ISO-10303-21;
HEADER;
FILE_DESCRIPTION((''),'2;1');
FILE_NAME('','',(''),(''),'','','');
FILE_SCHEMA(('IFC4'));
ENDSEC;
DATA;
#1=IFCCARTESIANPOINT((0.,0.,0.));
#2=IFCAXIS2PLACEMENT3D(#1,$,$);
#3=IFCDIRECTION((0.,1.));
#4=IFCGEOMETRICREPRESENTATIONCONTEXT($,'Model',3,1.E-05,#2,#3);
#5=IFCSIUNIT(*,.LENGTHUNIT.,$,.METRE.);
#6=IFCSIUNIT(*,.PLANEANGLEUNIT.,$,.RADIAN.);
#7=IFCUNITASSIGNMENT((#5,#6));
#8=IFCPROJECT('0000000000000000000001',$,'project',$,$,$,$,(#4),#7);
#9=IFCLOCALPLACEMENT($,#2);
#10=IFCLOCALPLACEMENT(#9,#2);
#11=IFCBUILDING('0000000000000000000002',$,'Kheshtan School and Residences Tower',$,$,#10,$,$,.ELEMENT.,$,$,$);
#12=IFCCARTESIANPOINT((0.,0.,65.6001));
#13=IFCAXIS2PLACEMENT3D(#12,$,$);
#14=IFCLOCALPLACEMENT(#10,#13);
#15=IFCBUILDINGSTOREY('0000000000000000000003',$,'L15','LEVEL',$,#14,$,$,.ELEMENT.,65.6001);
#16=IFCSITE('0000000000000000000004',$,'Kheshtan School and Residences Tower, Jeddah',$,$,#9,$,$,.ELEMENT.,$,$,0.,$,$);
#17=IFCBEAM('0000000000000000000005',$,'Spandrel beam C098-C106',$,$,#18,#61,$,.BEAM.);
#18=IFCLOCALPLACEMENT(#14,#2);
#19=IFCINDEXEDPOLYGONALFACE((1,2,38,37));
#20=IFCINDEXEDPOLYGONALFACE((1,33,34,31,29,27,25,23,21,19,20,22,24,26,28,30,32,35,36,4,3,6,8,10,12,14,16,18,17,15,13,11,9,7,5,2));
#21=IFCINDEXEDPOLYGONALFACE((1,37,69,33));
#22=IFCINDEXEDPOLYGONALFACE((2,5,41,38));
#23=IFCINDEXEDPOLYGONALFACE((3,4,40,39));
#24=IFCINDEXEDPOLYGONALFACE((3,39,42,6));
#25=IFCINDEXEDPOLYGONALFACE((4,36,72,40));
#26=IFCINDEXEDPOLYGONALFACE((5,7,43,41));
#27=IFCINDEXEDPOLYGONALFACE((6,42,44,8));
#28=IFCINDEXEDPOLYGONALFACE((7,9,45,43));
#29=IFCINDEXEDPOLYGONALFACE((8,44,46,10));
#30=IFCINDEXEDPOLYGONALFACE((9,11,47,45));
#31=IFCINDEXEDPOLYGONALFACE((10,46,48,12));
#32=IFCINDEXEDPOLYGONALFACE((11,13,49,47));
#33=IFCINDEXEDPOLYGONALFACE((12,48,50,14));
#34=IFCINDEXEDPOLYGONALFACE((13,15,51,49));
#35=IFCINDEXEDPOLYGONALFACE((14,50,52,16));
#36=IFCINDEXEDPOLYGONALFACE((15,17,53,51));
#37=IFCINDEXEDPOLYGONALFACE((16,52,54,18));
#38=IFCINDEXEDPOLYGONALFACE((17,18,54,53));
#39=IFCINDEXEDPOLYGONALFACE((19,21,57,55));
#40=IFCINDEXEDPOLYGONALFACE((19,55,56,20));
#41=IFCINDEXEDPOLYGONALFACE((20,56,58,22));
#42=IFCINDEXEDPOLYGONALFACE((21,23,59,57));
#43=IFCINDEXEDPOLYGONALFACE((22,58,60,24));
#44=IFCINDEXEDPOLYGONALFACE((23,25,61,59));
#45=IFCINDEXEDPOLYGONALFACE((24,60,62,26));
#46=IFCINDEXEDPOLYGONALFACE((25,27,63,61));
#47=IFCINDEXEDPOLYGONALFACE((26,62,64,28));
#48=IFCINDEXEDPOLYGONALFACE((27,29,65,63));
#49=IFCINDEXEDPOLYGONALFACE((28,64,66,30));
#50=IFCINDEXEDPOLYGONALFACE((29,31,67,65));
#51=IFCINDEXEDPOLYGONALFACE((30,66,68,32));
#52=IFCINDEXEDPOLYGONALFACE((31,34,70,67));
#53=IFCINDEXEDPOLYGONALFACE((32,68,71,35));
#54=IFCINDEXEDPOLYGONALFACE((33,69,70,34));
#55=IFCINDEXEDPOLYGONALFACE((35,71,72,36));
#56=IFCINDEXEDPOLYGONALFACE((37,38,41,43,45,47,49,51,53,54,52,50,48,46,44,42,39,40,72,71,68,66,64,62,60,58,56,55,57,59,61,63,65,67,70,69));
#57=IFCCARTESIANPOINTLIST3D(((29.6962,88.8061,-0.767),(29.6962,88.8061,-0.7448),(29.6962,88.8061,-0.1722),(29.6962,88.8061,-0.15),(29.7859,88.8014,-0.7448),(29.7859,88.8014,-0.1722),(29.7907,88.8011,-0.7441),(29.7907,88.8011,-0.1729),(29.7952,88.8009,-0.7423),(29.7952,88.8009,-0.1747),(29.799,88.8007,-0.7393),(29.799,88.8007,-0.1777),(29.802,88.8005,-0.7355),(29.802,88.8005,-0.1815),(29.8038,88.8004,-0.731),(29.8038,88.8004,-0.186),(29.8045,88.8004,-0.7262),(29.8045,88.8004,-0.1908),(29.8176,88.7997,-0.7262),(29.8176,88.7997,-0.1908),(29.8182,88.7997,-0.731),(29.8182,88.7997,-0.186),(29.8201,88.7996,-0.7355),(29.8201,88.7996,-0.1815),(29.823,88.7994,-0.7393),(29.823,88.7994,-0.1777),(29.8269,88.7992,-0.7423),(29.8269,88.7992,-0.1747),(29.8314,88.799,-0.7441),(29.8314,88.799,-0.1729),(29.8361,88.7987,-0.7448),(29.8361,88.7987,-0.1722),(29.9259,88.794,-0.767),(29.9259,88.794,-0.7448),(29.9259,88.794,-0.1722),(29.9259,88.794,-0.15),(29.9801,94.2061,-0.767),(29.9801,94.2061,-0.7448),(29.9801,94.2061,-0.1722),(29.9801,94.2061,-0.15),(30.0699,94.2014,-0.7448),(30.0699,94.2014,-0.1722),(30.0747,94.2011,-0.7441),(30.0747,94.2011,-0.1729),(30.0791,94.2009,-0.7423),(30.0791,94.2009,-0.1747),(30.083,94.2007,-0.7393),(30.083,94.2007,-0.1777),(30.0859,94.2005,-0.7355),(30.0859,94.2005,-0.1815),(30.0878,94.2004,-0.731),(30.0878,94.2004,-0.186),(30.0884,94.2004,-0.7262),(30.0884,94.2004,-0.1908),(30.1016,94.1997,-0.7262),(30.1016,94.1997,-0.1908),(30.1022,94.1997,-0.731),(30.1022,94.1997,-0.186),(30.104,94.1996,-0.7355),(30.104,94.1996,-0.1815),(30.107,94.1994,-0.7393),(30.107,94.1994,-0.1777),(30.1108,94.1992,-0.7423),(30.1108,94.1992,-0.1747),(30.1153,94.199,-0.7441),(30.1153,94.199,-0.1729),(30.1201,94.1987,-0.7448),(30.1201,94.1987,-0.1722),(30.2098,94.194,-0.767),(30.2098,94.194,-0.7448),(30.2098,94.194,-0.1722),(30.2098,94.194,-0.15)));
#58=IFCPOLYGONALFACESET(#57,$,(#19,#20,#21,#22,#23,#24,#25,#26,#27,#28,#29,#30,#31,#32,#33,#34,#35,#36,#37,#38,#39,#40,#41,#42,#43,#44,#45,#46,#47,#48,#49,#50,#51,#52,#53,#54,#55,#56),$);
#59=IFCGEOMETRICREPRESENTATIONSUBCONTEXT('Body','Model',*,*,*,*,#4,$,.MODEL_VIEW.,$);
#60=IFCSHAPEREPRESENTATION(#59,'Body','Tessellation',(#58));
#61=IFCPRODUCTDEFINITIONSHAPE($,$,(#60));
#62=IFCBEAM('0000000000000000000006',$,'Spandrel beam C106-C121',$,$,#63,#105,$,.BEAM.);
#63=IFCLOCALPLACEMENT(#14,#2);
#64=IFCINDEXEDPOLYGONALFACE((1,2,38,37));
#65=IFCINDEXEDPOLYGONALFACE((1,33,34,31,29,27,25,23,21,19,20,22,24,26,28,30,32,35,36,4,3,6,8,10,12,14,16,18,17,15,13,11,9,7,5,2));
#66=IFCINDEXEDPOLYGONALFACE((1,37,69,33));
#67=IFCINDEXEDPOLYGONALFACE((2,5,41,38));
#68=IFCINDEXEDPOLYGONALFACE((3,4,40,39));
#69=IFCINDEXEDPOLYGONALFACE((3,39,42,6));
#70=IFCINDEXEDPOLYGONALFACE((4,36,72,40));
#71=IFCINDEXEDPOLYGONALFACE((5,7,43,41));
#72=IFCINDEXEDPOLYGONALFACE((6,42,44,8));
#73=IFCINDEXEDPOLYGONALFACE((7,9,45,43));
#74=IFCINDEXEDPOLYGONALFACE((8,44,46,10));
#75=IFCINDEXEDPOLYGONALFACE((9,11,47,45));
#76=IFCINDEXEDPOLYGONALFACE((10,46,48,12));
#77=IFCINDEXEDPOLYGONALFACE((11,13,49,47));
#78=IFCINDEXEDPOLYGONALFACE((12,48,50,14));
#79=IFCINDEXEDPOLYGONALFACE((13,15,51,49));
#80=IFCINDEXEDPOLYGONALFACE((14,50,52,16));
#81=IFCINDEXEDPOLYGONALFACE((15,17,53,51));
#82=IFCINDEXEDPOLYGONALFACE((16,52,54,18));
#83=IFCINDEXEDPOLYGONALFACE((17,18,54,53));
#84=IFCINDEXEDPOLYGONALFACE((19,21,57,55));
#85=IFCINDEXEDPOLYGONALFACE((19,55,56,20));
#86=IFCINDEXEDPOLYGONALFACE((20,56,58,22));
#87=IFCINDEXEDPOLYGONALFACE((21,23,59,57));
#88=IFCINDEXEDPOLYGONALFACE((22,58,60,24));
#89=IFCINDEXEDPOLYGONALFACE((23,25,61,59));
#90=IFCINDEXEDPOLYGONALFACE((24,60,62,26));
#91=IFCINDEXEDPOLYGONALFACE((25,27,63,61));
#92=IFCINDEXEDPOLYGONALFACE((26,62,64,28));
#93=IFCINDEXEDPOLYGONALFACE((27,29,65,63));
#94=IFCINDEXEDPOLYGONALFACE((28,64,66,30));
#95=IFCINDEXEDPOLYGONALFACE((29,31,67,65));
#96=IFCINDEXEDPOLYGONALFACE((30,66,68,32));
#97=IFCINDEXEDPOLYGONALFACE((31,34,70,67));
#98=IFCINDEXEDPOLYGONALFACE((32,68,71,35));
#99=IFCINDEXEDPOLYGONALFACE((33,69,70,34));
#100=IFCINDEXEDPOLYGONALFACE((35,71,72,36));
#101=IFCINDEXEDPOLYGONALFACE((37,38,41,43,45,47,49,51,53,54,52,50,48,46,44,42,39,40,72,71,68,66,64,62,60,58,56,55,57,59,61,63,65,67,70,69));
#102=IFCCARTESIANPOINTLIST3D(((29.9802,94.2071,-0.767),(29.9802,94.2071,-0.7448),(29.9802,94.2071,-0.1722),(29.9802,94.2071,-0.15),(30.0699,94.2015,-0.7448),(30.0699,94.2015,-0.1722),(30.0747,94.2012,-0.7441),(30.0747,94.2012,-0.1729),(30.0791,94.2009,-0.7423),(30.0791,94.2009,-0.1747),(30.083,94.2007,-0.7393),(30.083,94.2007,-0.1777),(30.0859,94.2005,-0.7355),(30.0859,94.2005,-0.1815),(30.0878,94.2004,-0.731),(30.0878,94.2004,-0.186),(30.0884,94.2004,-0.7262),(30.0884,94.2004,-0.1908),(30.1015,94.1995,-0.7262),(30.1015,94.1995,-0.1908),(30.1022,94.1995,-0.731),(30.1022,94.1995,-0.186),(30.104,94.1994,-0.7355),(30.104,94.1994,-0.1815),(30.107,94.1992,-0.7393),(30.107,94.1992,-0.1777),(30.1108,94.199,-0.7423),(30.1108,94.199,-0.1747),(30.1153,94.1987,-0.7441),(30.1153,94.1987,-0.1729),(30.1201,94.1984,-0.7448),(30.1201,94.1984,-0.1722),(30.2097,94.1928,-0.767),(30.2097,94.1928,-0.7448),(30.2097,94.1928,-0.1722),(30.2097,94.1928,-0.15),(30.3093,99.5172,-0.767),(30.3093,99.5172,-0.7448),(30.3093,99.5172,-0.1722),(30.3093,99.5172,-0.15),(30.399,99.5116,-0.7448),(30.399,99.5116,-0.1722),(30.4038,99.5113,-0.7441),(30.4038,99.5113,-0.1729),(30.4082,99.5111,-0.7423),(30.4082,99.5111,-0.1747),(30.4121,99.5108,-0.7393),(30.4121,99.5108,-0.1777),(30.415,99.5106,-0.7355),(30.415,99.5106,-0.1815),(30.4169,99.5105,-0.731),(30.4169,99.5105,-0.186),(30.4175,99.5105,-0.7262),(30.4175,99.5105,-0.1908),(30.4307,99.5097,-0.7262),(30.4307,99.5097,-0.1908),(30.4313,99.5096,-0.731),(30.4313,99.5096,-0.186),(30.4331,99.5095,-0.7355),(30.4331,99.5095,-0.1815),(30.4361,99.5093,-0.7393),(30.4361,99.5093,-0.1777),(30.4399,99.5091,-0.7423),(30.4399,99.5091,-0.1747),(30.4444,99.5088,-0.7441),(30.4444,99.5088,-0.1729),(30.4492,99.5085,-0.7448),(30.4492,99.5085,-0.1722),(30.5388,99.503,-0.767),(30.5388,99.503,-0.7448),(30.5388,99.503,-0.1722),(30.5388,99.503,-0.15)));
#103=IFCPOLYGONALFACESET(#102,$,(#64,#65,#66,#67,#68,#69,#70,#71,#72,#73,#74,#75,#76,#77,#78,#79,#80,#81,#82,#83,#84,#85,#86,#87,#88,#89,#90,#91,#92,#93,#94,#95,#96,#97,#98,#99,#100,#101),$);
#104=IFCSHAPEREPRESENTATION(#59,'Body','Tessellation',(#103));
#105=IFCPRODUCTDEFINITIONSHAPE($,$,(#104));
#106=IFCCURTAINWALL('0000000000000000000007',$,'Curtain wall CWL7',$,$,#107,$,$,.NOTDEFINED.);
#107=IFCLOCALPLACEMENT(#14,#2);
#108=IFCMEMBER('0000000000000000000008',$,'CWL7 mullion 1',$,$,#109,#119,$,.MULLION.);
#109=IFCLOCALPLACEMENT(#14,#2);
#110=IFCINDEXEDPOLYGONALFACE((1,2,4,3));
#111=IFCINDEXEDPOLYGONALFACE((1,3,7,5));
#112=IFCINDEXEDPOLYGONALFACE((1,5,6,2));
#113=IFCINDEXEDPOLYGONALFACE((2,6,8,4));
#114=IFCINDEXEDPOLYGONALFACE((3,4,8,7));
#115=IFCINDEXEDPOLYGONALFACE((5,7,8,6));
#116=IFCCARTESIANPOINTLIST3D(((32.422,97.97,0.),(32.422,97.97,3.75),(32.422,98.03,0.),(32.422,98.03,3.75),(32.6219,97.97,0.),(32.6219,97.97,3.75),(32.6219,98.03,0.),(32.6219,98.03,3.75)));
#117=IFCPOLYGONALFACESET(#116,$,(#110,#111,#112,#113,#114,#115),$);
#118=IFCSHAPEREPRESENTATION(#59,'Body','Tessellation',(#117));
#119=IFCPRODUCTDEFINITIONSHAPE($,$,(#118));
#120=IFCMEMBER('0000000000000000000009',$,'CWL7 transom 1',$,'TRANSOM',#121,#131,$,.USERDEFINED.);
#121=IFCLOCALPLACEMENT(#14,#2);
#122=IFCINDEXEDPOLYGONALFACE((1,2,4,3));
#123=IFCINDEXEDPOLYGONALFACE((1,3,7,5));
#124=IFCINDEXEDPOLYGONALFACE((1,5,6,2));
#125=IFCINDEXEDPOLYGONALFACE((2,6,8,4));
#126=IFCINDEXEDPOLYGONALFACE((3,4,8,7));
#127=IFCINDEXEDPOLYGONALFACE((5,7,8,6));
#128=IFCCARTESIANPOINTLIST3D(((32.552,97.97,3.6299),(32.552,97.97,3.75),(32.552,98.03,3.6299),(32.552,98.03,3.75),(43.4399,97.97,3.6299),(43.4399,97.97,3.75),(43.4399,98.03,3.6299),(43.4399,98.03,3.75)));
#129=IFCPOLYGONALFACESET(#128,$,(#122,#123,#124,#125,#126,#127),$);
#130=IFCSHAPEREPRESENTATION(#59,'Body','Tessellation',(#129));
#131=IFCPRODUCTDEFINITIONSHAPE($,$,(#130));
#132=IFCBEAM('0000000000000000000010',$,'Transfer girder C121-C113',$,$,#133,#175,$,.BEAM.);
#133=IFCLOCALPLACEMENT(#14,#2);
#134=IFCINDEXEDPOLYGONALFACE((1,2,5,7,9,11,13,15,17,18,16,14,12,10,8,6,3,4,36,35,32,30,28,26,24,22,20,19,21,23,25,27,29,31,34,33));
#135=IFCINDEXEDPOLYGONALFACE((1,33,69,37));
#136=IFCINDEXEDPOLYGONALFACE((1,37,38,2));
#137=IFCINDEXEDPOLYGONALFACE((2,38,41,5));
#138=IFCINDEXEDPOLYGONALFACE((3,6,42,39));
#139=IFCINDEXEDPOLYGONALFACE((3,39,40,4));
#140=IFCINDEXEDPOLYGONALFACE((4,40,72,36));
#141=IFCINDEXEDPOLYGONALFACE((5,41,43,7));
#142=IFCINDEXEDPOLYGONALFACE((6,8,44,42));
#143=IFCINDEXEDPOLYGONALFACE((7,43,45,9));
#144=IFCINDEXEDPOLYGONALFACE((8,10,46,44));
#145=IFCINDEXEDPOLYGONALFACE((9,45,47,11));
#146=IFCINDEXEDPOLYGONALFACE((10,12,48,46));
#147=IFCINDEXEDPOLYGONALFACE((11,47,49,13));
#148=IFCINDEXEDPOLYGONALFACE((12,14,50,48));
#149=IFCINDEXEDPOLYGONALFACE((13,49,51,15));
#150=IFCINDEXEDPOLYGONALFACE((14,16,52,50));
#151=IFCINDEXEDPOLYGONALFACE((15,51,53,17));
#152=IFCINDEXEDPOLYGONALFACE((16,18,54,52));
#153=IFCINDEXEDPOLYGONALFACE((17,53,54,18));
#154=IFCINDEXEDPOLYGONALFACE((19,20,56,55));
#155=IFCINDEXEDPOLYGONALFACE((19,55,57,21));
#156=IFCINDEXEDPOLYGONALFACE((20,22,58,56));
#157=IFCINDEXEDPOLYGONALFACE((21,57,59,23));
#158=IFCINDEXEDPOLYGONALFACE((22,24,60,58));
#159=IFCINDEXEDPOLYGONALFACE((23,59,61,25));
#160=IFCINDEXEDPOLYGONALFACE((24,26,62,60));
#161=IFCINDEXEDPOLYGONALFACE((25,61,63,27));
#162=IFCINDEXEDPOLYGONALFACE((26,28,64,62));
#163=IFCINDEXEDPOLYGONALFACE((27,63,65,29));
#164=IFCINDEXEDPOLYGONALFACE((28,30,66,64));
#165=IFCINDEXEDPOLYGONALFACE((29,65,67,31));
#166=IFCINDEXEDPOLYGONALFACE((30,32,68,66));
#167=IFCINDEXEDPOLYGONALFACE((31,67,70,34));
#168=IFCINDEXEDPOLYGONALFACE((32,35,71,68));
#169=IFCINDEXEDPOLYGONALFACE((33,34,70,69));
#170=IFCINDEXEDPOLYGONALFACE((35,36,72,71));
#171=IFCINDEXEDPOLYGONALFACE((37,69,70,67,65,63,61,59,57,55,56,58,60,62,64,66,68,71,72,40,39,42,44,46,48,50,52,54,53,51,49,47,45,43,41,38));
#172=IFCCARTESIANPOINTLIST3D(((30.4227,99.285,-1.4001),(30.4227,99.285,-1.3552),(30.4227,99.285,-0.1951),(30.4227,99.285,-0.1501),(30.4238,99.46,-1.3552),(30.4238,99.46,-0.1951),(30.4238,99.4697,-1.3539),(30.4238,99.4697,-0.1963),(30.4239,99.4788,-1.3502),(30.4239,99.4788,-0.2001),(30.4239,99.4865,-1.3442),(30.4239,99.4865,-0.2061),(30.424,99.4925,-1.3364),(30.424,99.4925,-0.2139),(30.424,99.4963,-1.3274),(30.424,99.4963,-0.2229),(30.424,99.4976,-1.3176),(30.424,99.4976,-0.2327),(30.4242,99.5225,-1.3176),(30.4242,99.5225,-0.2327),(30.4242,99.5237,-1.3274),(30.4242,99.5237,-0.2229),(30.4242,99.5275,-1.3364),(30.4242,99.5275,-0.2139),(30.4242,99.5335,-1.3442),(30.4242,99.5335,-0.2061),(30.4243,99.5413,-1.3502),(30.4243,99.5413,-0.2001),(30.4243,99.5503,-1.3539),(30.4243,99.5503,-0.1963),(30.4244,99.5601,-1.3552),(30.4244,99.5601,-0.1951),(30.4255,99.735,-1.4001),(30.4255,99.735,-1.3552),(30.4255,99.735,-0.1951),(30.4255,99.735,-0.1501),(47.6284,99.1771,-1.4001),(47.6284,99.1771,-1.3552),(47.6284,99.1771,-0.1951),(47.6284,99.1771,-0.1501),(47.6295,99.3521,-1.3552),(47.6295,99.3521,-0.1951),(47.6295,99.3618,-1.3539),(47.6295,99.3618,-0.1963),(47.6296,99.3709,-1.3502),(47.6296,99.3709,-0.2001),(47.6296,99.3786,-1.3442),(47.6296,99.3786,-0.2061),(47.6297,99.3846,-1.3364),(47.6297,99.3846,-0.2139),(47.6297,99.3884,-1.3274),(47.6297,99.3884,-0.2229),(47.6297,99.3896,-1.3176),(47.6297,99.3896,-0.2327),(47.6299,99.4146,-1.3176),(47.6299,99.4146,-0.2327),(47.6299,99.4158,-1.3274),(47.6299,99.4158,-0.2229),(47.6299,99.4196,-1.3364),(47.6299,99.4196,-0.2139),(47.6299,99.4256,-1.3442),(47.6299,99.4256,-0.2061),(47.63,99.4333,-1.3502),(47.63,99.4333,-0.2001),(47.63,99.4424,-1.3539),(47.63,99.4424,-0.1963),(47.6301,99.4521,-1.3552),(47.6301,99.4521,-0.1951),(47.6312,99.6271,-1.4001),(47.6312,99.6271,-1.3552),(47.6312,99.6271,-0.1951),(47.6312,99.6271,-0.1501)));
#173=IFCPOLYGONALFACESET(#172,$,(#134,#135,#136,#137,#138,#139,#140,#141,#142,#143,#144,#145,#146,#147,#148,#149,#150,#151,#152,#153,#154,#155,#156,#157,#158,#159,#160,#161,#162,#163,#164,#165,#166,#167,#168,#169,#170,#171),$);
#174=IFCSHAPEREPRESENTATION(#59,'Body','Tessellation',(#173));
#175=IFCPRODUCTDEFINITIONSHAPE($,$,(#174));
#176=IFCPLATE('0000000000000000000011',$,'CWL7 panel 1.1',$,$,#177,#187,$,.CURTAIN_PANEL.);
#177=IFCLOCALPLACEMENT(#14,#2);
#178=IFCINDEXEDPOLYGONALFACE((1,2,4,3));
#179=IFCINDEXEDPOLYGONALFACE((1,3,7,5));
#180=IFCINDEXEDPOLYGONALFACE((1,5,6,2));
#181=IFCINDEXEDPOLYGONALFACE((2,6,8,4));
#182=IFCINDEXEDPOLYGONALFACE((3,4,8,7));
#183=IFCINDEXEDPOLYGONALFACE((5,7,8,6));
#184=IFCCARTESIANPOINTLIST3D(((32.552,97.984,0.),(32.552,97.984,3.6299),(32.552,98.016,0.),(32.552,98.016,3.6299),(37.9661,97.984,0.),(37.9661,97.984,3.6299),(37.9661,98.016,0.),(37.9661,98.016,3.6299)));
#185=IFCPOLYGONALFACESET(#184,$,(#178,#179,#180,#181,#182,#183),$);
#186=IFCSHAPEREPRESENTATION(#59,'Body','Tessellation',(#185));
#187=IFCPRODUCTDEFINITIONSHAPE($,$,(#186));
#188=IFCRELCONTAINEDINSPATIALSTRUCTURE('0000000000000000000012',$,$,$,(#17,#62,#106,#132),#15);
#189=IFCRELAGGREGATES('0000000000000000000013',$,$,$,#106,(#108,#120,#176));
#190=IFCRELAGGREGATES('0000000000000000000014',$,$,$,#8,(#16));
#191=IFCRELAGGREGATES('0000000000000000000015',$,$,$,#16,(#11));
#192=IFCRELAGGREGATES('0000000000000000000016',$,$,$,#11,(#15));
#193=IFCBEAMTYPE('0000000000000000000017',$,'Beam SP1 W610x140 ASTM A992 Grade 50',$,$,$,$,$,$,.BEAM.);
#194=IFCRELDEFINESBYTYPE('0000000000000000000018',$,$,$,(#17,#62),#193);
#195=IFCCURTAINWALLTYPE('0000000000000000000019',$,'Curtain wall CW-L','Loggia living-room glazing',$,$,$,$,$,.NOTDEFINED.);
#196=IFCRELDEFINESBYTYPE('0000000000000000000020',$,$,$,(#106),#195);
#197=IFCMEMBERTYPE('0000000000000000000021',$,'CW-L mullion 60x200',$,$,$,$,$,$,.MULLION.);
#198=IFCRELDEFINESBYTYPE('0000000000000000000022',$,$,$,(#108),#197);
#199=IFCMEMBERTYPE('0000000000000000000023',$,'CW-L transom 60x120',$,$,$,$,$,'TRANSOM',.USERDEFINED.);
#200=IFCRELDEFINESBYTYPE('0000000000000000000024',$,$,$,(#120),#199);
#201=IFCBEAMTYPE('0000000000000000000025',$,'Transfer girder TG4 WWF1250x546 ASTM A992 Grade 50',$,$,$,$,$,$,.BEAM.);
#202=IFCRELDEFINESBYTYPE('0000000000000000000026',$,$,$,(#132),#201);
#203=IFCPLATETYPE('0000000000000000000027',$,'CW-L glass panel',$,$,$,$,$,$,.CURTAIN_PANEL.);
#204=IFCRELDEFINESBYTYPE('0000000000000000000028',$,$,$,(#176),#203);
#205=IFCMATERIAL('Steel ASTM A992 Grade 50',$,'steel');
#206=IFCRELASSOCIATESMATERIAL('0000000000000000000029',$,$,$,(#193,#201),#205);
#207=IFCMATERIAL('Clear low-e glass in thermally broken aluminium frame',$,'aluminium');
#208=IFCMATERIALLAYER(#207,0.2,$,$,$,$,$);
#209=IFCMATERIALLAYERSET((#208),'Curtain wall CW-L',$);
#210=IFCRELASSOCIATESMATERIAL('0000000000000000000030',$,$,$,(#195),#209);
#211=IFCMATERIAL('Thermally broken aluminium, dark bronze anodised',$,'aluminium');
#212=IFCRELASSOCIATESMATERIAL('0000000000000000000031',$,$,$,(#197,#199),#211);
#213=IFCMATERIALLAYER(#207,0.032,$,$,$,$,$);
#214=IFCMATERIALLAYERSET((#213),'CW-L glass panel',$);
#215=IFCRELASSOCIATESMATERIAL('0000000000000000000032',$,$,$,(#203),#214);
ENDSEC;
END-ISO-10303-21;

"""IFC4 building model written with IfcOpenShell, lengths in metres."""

from ifc_helpers import new_model, si_unit, direction, frame, origin, origin_2d, place, context, subcontext, project, spatial, rectangle, i_section, extrude, material, layer, layer_set, material_profile, profile_set, type_object, element, aggregate, save


model = new_model("IFC4")

# Units and contexts
model_context = context("Model", 3, precision=1e-05, world=origin(), true_north=direction((0.0, 1.0)))
body_context = subcontext(model_context, "Body", "Model", "MODEL_VIEW")
ifc_project = project(units=[si_unit("LENGTHUNIT", "METRE"), si_unit("PLANEANGLEUNIT", "RADIAN")], contexts=[model_context])

# Site, building, storey
site_placement = place(None, origin())
site = spatial("IfcSite", under=ifc_project, at=site_placement, Name="Kheshtan School and Residences Tower, Jeddah", CompositionType="ELEMENT", RefElevation=0.0)
building_placement = place(site_placement, origin())
building = spatial("IfcBuilding", under=site, at=building_placement, Name="Kheshtan School and Residences Tower", CompositionType="ELEMENT")
storey_placement = place(building_placement, frame((0.0, 0.0, 65.6001)))
storey = spatial("IfcBuildingStorey", under=building, at=storey_placement, Name="L15", Description="LEVEL", CompositionType="ELEMENT", Elevation=65.6001)

# Shared definitions
ifc_material_1 = material(Name="Steel ASTM A992 Grade 50", Category="steel")

# Beams
ifc_material_profile_1 = material_profile(ifc_material_1, i_section(OverallWidth=0.23, OverallDepth=0.6169, WebThickness=0.0132, FlangeThickness=0.0222, FilletRadius=0.0186, at=origin_2d()), Name="W610x140")
ifc_profile_set_1 = profile_set([ifc_material_profile_1], Name="Steel ASTM A992 Grade 50")
beam_type_1 = type_object("IfcBeamType", Name="Beam SP1 W610x140 ASTM A992 Grade 50", PredefinedType="BEAM", material=ifc_profile_set_1)
beam_1_placement = place(storey_placement, frame((29.811, 88.8, -0.4585), z_axis=(0.052509, 0.99862, 0.0), x_axis=(-0.99862, 0.052509, 0.0)))
element("IfcBeam", 1, at=beam_1_placement, inside=storey, type_object=beam_type_1, Name="Spandrel beam C098-C106", PredefinedType="BEAM", context=body_context, shape_type="SweptSolid", body=[
    extrude(i_section(OverallWidth=0.23, OverallDepth=0.6169, WebThickness=0.0132, FlangeThickness=0.0222, FilletRadius=0.0186, at=origin_2d()), origin(), (0.0, 0.0, 1.0), 5.4075),
])
beam_2_placement = place(storey_placement, frame((30.095, 94.2, -0.4585), z_axis=(0.061858, 0.998085, 0.0), x_axis=(-0.998085, 0.061858, 0.0)))
element("IfcBeam", 2, at=beam_2_placement, inside=storey, type_object=beam_type_1, Name="Spandrel beam C106-C121", PredefinedType="BEAM", context=body_context, shape_type="SweptSolid", body=[
    extrude(i_section(OverallWidth=0.23, OverallDepth=0.6169, WebThickness=0.0132, FlangeThickness=0.0222, FilletRadius=0.0186, at=origin_2d()), origin(), (0.0, 0.0, 1.0), 5.3203),
])

# Curtain wall, members
ifc_material_2 = material(Name="Clear low-e glass in thermally broken aluminium frame", Category="aluminium")
ifc_layer_1 = layer(ifc_material_2, 0.2)
ifc_layer_set_1 = layer_set([ifc_layer_1], Name="Curtain wall CW-L")
curtain_wall_type = type_object("IfcCurtainWallType", Name="Curtain wall CW-L", Description="Loggia living-room glazing", PredefinedType="NOTDEFINED", material=ifc_layer_set_1)
curtain_wall_placement = place(storey_placement, origin())
curtain_wall = element("IfcCurtainWall", 3, at=curtain_wall_placement, inside=storey, type_object=curtain_wall_type, Name="Curtain wall CWL7", PredefinedType="NOTDEFINED")
ifc_material_3 = material(Name="Thermally broken aluminium, dark bronze anodised", Category="aluminium")
ifc_material_profile_2 = material_profile(ifc_material_3, rectangle(XDim=0.0601, YDim=0.2, at=origin_2d()), Name="CW-L mullion 60x200")
ifc_profile_set_2 = profile_set([ifc_material_profile_2], Name="Thermally broken aluminium, dark bronze anodised")
member_type_1 = type_object("IfcMemberType", Name="CW-L mullion 60x200", PredefinedType="MULLION", material=ifc_profile_set_2)
member_1_placement = place(storey_placement, frame((32.522, 98.0, 0.0), z_axis=(0.0, 0.0, 1.0), x_axis=(0.0, 1.0, 0.0)))
member_1 = element("IfcMember", 4, at=member_1_placement, type_object=member_type_1, Name="CWL7 mullion 1", PredefinedType="MULLION", context=body_context, shape_type="SweptSolid", body=[
    extrude(rectangle(XDim=0.0601, YDim=0.2, at=origin_2d()), origin(), (0.0, 0.0, 1.0), 3.75),
])
ifc_material_profile_3 = material_profile(ifc_material_3, rectangle(XDim=0.0601, YDim=0.1201, at=origin_2d()), Name="CW-L transom 60x120")
ifc_profile_set_3 = profile_set([ifc_material_profile_3], Name="Thermally broken aluminium, dark bronze anodised")
member_type_2 = type_object("IfcMemberType", Name="CW-L transom 60x120", ElementType="TRANSOM", PredefinedType="USERDEFINED", material=ifc_profile_set_3)
member_2_placement = place(storey_placement, frame((32.552, 98.0, 3.6899), z_axis=(1.0, 0.0, 0.0), x_axis=(0.0, 1.0, 0.0)))
member_2 = element("IfcMember", 5, at=member_2_placement, type_object=member_type_2, Name="CWL7 transom 1", ObjectType="TRANSOM", PredefinedType="USERDEFINED", context=body_context, shape_type="SweptSolid", body=[
    extrude(rectangle(XDim=0.0601, YDim=0.1201, at=origin_2d()), origin(), (0.0, 0.0, 1.0), 10.8879),
])

# Beam
ifc_material_profile_4 = material_profile(ifc_material_1, i_section(OverallWidth=0.45, OverallDepth=1.25, WebThickness=0.0249, FlangeThickness=0.0449, FilletRadius=0.0376, at=origin_2d()), Name="WWF1250x546")
ifc_profile_set_4 = profile_set([ifc_material_profile_4], Name="Steel ASTM A992 Grade 50")
beam_type_2 = type_object("IfcBeamType", Name="Transfer girder TG4 WWF1250x546 ASTM A992 Grade 50", PredefinedType="BEAM", material=ifc_profile_set_4)
beam_3_placement = place(storey_placement, frame((30.4241, 99.51, -0.7751), z_axis=(0.99998, -0.006272, 0.0), x_axis=(0.006272, 0.99998, 0.0)))
element("IfcBeam", 6, at=beam_3_placement, inside=storey, type_object=beam_type_2, Name="Transfer girder C121-C113", PredefinedType="BEAM", context=body_context, shape_type="SweptSolid", body=[
    extrude(i_section(OverallWidth=0.45, OverallDepth=1.25, WebThickness=0.0249, FlangeThickness=0.0449, FilletRadius=0.0376, at=origin_2d()), origin(), (0.0, 0.0, 1.0), 17.2061),
])

# Plate
ifc_layer_2 = layer(ifc_material_2, 0.032)
ifc_layer_set_2 = layer_set([ifc_layer_2], Name="CW-L glass panel")
plate_type = type_object("IfcPlateType", Name="CW-L glass panel", PredefinedType="CURTAIN_PANEL", material=ifc_layer_set_2)
plate_placement = place(storey_placement, frame((35.259, 98.0, 0.0), z_axis=(0.0, 0.0, 1.0), x_axis=(1.0, 0.0, 0.0)))
plate = element("IfcPlate", 7, at=plate_placement, type_object=plate_type, Name="CWL7 panel 1.1", PredefinedType="CURTAIN_PANEL", context=body_context, shape_type="SweptSolid", body=[
    extrude(rectangle(XDim=5.4141, YDim=0.032, at=origin_2d()), origin(), (0.0, 0.0, 1.0), 3.6299),
])
aggregate(curtain_wall, [member_1, member_2, plate])

save(model, "model.ifc")
